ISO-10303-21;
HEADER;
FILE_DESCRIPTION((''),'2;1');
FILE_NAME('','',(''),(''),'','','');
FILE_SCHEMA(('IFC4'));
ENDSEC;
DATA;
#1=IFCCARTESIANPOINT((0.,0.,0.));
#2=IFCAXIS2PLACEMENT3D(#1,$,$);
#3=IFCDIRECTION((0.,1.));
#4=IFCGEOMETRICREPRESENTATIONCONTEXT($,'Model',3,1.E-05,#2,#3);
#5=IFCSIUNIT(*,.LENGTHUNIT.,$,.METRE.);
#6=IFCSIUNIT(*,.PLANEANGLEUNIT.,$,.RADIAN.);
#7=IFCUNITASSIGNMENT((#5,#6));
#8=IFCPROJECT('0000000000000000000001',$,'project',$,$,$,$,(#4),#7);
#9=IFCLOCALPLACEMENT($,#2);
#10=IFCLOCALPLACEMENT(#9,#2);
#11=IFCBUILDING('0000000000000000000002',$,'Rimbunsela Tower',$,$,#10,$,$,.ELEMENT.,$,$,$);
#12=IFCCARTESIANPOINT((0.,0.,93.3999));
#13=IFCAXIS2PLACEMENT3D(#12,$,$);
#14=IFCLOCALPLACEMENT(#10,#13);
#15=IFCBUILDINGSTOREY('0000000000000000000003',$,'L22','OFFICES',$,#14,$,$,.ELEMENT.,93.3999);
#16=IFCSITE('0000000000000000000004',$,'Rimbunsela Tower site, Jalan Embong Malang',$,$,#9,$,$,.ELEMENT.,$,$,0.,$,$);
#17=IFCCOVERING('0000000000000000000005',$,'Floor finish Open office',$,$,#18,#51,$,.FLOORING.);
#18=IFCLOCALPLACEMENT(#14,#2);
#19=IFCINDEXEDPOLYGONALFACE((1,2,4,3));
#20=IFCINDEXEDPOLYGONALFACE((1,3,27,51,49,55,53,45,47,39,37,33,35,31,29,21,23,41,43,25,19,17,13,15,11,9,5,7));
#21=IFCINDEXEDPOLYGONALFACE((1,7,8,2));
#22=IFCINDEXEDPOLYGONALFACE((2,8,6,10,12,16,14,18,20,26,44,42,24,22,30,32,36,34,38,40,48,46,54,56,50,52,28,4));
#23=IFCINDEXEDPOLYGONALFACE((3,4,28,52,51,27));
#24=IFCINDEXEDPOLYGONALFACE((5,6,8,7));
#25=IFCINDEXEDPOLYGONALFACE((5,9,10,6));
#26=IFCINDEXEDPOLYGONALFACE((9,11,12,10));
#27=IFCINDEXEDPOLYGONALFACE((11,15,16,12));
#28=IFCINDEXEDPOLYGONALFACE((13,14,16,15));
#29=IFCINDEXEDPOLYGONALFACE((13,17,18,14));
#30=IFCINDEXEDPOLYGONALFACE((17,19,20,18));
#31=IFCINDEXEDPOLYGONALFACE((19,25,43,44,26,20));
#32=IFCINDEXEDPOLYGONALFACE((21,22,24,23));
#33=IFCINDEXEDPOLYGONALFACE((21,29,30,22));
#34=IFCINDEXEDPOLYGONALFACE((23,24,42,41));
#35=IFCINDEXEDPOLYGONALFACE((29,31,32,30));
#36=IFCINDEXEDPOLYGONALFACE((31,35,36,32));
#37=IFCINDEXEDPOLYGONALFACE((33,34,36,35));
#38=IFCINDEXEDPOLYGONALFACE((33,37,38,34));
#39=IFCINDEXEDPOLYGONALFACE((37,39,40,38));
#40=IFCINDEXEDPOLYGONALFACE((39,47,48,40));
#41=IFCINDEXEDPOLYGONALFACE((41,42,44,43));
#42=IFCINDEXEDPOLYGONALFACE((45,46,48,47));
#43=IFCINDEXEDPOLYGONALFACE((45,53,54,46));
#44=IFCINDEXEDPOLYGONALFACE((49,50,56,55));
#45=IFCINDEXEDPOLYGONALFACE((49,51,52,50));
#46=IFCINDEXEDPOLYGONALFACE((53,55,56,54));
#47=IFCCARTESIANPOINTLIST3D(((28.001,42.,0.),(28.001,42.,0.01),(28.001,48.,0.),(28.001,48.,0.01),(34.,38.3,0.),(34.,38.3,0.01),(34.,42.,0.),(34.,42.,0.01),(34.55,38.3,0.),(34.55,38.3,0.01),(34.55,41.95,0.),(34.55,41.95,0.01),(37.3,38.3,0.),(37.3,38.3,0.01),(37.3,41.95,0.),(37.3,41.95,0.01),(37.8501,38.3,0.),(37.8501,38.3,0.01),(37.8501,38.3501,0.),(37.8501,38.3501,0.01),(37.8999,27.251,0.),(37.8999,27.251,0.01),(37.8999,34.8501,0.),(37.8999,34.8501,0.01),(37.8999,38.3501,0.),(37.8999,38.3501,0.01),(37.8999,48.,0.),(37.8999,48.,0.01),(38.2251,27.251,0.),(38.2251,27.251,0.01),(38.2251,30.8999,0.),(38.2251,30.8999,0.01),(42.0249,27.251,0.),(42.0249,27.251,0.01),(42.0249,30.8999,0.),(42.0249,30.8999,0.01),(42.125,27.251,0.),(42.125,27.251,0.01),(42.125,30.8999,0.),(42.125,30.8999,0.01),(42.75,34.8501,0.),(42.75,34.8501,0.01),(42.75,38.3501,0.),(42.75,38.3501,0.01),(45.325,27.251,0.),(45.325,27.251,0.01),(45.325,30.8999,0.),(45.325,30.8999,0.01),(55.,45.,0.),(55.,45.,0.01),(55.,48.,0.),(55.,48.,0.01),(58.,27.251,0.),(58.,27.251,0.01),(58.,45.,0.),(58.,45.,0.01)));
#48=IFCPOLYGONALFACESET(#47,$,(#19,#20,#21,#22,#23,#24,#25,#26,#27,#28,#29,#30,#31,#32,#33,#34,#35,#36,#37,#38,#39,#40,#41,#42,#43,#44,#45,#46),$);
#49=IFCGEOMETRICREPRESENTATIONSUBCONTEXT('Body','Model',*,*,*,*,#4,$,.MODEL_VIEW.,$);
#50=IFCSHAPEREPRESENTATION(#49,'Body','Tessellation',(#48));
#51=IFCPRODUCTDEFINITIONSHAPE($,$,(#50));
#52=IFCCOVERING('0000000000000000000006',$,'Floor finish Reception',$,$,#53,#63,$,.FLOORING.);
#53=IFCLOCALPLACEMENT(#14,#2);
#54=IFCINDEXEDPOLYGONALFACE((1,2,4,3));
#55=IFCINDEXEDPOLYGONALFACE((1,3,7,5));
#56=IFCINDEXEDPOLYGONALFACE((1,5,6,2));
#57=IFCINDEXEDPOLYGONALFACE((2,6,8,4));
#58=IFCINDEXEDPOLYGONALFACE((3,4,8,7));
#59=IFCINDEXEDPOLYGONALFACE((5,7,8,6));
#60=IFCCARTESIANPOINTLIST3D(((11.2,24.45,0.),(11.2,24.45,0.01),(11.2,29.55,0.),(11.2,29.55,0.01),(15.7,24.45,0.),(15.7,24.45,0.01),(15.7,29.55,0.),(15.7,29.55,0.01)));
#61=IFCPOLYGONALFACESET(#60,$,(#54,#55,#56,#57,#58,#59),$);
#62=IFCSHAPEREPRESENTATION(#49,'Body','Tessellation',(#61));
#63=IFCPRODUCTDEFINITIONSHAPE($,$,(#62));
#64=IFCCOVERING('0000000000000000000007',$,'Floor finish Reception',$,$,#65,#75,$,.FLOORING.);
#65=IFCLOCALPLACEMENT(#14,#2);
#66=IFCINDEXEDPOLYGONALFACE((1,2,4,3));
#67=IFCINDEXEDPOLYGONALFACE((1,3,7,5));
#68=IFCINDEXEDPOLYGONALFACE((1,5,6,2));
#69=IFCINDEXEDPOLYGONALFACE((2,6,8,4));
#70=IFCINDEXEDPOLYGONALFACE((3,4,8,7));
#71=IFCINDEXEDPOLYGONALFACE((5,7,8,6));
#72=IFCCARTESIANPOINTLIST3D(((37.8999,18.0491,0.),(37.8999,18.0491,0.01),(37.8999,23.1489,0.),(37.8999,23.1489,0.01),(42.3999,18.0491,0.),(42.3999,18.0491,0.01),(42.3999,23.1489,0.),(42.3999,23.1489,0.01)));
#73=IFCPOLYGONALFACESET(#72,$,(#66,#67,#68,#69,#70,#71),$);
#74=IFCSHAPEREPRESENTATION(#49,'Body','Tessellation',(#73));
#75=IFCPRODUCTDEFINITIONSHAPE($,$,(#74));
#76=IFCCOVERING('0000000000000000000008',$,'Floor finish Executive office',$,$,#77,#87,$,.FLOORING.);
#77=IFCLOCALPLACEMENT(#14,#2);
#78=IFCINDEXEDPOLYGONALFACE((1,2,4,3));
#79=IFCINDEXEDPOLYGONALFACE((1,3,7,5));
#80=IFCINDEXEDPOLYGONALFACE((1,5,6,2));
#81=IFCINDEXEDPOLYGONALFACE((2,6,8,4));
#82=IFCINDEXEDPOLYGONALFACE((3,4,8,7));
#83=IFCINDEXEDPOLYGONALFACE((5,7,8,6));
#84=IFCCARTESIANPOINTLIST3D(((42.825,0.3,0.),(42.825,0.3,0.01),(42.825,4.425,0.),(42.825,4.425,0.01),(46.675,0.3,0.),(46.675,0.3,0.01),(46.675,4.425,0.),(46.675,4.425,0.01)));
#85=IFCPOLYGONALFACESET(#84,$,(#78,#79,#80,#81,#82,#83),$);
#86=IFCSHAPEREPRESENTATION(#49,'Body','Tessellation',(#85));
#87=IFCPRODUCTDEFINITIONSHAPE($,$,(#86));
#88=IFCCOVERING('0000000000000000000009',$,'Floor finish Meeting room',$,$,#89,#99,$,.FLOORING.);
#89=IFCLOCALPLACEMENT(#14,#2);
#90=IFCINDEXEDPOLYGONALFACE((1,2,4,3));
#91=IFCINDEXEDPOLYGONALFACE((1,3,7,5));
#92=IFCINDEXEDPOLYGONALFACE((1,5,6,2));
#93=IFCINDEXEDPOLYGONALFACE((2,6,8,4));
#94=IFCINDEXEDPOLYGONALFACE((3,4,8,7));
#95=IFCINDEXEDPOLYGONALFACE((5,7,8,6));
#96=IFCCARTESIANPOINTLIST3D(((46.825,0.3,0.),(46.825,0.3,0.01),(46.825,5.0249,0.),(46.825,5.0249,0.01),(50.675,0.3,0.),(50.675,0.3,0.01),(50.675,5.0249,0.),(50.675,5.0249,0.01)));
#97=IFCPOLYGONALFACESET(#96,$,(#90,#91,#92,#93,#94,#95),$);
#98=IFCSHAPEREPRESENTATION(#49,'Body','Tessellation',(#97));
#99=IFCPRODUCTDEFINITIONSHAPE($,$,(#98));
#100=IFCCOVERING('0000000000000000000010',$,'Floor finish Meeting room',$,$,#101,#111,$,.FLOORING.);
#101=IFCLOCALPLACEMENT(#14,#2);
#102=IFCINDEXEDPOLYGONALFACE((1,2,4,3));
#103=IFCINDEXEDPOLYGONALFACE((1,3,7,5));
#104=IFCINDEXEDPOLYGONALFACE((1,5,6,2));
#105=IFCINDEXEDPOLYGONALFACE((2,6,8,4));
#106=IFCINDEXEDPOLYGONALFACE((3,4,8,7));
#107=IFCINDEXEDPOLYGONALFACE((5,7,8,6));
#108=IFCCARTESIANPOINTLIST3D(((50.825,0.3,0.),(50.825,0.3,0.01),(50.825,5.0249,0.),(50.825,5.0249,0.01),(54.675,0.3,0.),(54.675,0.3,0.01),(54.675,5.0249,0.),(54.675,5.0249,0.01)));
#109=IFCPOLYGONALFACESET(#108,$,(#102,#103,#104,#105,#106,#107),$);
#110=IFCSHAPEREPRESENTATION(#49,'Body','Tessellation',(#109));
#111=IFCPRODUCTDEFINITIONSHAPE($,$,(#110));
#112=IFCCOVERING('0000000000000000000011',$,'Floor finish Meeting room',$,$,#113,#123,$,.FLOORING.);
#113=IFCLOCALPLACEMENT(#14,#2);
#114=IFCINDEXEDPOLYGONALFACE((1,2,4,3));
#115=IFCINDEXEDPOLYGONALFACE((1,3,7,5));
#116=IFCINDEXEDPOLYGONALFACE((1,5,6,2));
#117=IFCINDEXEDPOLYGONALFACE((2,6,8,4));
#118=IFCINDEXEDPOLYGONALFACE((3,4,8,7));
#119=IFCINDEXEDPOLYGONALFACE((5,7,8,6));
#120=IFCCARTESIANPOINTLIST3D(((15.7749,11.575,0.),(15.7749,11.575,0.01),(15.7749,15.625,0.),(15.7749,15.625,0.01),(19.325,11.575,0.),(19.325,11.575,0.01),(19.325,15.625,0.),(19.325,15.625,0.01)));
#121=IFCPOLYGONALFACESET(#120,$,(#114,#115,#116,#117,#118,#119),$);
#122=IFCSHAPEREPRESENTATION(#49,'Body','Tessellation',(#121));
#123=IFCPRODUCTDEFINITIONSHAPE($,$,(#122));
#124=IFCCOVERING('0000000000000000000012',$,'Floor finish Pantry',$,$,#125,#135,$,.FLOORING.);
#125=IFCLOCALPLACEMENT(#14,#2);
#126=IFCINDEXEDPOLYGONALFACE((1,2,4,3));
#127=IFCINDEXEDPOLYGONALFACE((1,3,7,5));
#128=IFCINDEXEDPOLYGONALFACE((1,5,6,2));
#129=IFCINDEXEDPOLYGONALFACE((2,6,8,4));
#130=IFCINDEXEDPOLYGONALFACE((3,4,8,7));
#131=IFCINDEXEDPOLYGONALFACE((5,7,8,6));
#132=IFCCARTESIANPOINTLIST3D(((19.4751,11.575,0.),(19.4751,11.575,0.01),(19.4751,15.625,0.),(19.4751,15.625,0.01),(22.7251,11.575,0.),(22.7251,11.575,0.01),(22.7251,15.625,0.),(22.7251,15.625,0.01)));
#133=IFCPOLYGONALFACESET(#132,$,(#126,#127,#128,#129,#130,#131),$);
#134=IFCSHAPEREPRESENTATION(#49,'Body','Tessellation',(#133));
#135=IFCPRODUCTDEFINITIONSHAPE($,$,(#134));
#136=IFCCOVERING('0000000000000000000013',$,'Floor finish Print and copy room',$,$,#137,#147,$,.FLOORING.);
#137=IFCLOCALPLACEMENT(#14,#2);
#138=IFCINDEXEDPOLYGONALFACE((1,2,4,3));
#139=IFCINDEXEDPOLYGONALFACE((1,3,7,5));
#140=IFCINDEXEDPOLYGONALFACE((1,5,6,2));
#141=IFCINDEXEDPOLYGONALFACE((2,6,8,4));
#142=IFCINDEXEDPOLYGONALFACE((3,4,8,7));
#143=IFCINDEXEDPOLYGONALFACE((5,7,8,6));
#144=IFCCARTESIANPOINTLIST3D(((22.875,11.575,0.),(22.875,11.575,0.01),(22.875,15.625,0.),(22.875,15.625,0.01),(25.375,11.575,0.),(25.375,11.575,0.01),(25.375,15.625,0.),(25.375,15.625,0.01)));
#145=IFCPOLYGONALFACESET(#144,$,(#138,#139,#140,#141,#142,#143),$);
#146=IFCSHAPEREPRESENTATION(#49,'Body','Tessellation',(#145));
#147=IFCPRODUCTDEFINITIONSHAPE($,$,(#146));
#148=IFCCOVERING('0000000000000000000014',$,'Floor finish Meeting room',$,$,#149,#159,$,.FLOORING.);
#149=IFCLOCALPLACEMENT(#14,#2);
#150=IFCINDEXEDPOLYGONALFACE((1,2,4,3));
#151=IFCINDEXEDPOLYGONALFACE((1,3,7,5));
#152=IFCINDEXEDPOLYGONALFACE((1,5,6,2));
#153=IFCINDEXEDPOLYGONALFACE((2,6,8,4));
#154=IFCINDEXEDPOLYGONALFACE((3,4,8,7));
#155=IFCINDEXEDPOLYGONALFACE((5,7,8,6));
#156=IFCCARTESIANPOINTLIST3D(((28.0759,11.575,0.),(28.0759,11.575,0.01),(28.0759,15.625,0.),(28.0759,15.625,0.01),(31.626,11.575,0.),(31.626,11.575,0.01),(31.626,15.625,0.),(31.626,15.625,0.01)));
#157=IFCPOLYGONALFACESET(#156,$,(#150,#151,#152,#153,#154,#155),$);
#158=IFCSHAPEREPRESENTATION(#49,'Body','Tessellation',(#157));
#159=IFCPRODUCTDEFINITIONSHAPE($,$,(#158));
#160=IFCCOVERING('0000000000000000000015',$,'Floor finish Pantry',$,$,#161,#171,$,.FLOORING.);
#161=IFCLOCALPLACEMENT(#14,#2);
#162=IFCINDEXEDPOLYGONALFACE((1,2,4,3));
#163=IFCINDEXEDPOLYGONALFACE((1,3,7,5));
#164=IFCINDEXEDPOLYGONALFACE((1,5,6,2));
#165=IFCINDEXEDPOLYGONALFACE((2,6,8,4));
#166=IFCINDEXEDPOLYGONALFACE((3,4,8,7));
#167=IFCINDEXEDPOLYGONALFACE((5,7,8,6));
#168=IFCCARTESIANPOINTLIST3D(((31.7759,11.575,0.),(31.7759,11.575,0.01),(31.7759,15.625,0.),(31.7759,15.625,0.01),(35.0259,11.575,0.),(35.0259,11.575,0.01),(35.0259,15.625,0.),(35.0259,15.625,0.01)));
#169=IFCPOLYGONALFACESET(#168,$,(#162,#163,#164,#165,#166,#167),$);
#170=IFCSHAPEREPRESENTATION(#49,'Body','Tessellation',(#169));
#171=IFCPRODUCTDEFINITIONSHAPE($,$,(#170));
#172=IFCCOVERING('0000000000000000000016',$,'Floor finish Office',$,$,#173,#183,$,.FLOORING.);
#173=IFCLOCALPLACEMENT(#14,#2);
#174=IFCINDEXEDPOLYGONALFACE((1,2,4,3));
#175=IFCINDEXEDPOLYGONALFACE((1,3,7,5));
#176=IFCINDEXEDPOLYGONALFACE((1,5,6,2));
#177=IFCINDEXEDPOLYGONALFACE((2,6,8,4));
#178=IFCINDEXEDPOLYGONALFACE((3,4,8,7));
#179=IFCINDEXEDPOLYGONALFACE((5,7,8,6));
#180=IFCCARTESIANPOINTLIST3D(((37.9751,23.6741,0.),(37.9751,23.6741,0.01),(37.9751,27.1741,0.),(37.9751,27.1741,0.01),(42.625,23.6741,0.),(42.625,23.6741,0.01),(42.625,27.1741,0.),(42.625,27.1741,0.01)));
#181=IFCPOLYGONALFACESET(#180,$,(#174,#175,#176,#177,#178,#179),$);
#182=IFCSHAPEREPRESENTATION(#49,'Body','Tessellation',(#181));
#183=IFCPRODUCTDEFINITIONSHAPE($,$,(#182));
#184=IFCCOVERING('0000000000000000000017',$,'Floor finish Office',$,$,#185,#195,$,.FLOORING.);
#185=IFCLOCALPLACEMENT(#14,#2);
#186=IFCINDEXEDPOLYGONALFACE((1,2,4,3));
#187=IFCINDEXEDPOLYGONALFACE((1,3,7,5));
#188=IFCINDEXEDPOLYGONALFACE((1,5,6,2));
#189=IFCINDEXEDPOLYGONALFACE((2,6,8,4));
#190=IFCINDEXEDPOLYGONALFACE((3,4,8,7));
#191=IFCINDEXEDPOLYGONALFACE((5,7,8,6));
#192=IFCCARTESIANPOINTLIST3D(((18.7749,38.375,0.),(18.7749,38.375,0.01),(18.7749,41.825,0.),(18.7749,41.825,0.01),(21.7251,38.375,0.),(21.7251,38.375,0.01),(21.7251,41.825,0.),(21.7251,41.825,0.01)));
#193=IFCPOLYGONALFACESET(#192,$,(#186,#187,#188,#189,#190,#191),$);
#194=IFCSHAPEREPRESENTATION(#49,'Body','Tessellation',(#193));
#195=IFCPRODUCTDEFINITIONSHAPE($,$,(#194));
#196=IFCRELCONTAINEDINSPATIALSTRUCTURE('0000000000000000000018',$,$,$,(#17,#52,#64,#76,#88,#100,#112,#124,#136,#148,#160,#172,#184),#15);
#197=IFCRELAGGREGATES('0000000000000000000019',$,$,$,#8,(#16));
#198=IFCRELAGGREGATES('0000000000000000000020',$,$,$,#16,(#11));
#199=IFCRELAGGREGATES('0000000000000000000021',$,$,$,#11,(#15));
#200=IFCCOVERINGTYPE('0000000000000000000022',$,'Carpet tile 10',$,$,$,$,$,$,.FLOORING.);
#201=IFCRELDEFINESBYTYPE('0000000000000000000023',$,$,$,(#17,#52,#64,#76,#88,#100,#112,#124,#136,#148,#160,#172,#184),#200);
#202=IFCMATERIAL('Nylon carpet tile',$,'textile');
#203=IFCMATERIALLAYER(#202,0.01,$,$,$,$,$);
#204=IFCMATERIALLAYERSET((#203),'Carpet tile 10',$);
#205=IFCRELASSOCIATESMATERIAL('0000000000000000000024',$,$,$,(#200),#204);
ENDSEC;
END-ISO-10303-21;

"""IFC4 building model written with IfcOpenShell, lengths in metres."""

from ifc_helpers import new_model, si_unit, direction, frame, origin, place, context, subcontext, project, spatial, polyline, outline, extrude, material, layer, layer_set, type_object, element, save


model = new_model("IFC4")

# Units and contexts
model_context = context("Model", 3, precision=1e-05, world=origin(), true_north=direction((0.0, 1.0)))
body_context = subcontext(model_context, "Body", "Model", "MODEL_VIEW")
ifc_project = project(units=[si_unit("LENGTHUNIT", "METRE"), si_unit("PLANEANGLEUNIT", "RADIAN")], contexts=[model_context])

# Site, building, storey
site_placement = place(None, origin())
site = spatial("IfcSite", under=ifc_project, at=site_placement, Name="Rimbunsela Tower site, Jalan Embong Malang", CompositionType="ELEMENT", RefElevation=0.0)
building_placement = place(site_placement, origin())
building = spatial("IfcBuilding", under=site, at=building_placement, Name="Rimbunsela Tower", CompositionType="ELEMENT")
storey_placement = place(building_placement, frame((0.0, 0.0, 93.3999)))
storey = spatial("IfcBuildingStorey", under=building, at=storey_placement, Name="L22", Description="OFFICES", CompositionType="ELEMENT", Elevation=93.3999)

# Coverings
ifc_material_1 = material(Name="Nylon carpet tile", Category="textile")
ifc_layer_1 = layer(ifc_material_1, 0.01)
ifc_layer_set_1 = layer_set([ifc_layer_1], Name="Carpet tile 10")
covering_type_1 = type_object("IfcCoveringType", Name="Carpet tile 10", PredefinedType="FLOORING", material=ifc_layer_set_1)
covering_1_placement = place(storey_placement, origin())
element("IfcCovering", 1, at=covering_1_placement, inside=storey, type_object=covering_type_1, Name="Floor finish Open office", PredefinedType="FLOORING", context=body_context, shape_type="SweptSolid", body=[
    extrude(outline(polyline([(58.0, 27.251), (45.325, 27.251), (45.325, 30.8999), (42.125, 30.8999), (42.125, 27.251), (42.0249, 27.251), (42.0249, 30.8999), (38.2251, 30.8999), (38.2251, 27.251), (37.8999, 27.251), (37.8999, 34.8501), (42.75, 34.8501), (42.75, 38.3501), (37.8999, 38.3501), (37.8501, 38.3501), (37.8501, 38.3), (37.3, 38.3), (37.3, 41.95), (34.55, 41.95), (34.55, 38.3), (34.0, 38.3), (34.0, 42.0), (28.001, 42.0), (28.001, 48.0), (37.8999, 48.0), (55.0, 48.0), (55.0, 45.0), (58.0, 45.0), (58.0, 27.251)])), origin(), (0.0, 0.0, 1.0), 0.01),
])
covering_2_placement = place(storey_placement, origin())
element("IfcCovering", 2, at=covering_2_placement, inside=storey, type_object=covering_type_1, Name="Floor finish Reception", PredefinedType="FLOORING", context=body_context, shape_type="SweptSolid", body=[
    extrude(outline(polyline([(15.7, 24.45), (15.7, 29.55), (11.2, 29.55), (11.2, 24.45), (15.7, 24.45)])), origin(), (0.0, 0.0, 1.0), 0.01),
])
covering_3_placement = place(storey_placement, origin())
element("IfcCovering", 3, at=covering_3_placement, inside=storey, type_object=covering_type_1, Name="Floor finish Reception", PredefinedType="FLOORING", context=body_context, shape_type="SweptSolid", body=[
    extrude(outline(polyline([(42.3999, 18.0491), (42.3999, 23.1489), (37.8999, 23.1489), (37.8999, 18.0491), (42.3999, 18.0491)])), origin(), (0.0, 0.0, 1.0), 0.01),
])
covering_4_placement = place(storey_placement, origin())
element("IfcCovering", 4, at=covering_4_placement, inside=storey, type_object=covering_type_1, Name="Floor finish Executive office", PredefinedType="FLOORING", context=body_context, shape_type="SweptSolid", body=[
    extrude(outline(polyline([(46.675, 0.3), (46.675, 4.425), (42.825, 4.425), (42.825, 0.3), (46.675, 0.3)])), origin(), (0.0, 0.0, 1.0), 0.01),
])
covering_5_placement = place(storey_placement, origin())
element("IfcCovering", 5, at=covering_5_placement, inside=storey, type_object=covering_type_1, Name="Floor finish Meeting room", PredefinedType="FLOORING", context=body_context, shape_type="SweptSolid", body=[
    extrude(outline(polyline([(50.675, 0.3), (50.675, 5.0249), (46.825, 5.0249), (46.825, 0.3), (50.675, 0.3)])), origin(), (0.0, 0.0, 1.0), 0.01),
])
covering_6_placement = place(storey_placement, origin())
element("IfcCovering", 6, at=covering_6_placement, inside=storey, type_object=covering_type_1, Name="Floor finish Meeting room", PredefinedType="FLOORING", context=body_context, shape_type="SweptSolid", body=[
    extrude(outline(polyline([(54.675, 0.3), (54.675, 5.0249), (50.825, 5.0249), (50.825, 0.3), (54.675, 0.3)])), origin(), (0.0, 0.0, 1.0), 0.01),
])
covering_7_placement = place(storey_placement, origin())
element("IfcCovering", 7, at=covering_7_placement, inside=storey, type_object=covering_type_1, Name="Floor finish Meeting room", PredefinedType="FLOORING", context=body_context, shape_type="SweptSolid", body=[
    extrude(outline(polyline([(19.325, 11.575), (19.325, 15.625), (15.7749, 15.625), (15.7749, 11.575), (19.325, 11.575)])), origin(), (0.0, 0.0, 1.0), 0.01),
])
covering_8_placement = place(storey_placement, origin())
element("IfcCovering", 8, at=covering_8_placement, inside=storey, type_object=covering_type_1, Name="Floor finish Pantry", PredefinedType="FLOORING", context=body_context, shape_type="SweptSolid", body=[
    extrude(outline(polyline([(22.7251, 11.575), (22.7251, 15.625), (19.4751, 15.625), (19.4751, 11.575), (22.7251, 11.575)])), origin(), (0.0, 0.0, 1.0), 0.01),
])
covering_9_placement = place(storey_placement, origin())
element("IfcCovering", 9, at=covering_9_placement, inside=storey, type_object=covering_type_1, Name="Floor finish Print and copy room", PredefinedType="FLOORING", context=body_context, shape_type="SweptSolid", body=[
    extrude(outline(polyline([(25.375, 11.575), (25.375, 15.625), (22.875, 15.625), (22.875, 11.575), (25.375, 11.575)])), origin(), (0.0, 0.0, 1.0), 0.01),
])
covering_10_placement = place(storey_placement, origin())
element("IfcCovering", 10, at=covering_10_placement, inside=storey, type_object=covering_type_1, Name="Floor finish Meeting room", PredefinedType="FLOORING", context=body_context, shape_type="SweptSolid", body=[
    extrude(outline(polyline([(31.626, 11.575), (31.626, 15.625), (28.0759, 15.625), (28.0759, 11.575), (31.626, 11.575)])), origin(), (0.0, 0.0, 1.0), 0.01),
])
covering_11_placement = place(storey_placement, origin())
element("IfcCovering", 11, at=covering_11_placement, inside=storey, type_object=covering_type_1, Name="Floor finish Pantry", PredefinedType="FLOORING", context=body_context, shape_type="SweptSolid", body=[
    extrude(outline(polyline([(35.0259, 11.575), (35.0259, 15.625), (31.7759, 15.625), (31.7759, 11.575), (35.0259, 11.575)])), origin(), (0.0, 0.0, 1.0), 0.01),
])
covering_12_placement = place(storey_placement, origin())
element("IfcCovering", 12, at=covering_12_placement, inside=storey, type_object=covering_type_1, Name="Floor finish Office", PredefinedType="FLOORING", context=body_context, shape_type="SweptSolid", body=[
    extrude(outline(polyline([(42.625, 23.6741), (42.625, 27.1741), (37.9751, 27.1741), (37.9751, 23.6741), (42.625, 23.6741)])), origin(), (0.0, 0.0, 1.0), 0.01),
])
covering_13_placement = place(storey_placement, origin())
element("IfcCovering", 13, at=covering_13_placement, inside=storey, type_object=covering_type_1, Name="Floor finish Office", PredefinedType="FLOORING", context=body_context, shape_type="SweptSolid", body=[
    extrude(outline(polyline([(21.7251, 38.375), (21.7251, 41.825), (18.7749, 41.825), (18.7749, 38.375), (21.7251, 38.375)])), origin(), (0.0, 0.0, 1.0), 0.01),
])

save(model, "model.ifc")
